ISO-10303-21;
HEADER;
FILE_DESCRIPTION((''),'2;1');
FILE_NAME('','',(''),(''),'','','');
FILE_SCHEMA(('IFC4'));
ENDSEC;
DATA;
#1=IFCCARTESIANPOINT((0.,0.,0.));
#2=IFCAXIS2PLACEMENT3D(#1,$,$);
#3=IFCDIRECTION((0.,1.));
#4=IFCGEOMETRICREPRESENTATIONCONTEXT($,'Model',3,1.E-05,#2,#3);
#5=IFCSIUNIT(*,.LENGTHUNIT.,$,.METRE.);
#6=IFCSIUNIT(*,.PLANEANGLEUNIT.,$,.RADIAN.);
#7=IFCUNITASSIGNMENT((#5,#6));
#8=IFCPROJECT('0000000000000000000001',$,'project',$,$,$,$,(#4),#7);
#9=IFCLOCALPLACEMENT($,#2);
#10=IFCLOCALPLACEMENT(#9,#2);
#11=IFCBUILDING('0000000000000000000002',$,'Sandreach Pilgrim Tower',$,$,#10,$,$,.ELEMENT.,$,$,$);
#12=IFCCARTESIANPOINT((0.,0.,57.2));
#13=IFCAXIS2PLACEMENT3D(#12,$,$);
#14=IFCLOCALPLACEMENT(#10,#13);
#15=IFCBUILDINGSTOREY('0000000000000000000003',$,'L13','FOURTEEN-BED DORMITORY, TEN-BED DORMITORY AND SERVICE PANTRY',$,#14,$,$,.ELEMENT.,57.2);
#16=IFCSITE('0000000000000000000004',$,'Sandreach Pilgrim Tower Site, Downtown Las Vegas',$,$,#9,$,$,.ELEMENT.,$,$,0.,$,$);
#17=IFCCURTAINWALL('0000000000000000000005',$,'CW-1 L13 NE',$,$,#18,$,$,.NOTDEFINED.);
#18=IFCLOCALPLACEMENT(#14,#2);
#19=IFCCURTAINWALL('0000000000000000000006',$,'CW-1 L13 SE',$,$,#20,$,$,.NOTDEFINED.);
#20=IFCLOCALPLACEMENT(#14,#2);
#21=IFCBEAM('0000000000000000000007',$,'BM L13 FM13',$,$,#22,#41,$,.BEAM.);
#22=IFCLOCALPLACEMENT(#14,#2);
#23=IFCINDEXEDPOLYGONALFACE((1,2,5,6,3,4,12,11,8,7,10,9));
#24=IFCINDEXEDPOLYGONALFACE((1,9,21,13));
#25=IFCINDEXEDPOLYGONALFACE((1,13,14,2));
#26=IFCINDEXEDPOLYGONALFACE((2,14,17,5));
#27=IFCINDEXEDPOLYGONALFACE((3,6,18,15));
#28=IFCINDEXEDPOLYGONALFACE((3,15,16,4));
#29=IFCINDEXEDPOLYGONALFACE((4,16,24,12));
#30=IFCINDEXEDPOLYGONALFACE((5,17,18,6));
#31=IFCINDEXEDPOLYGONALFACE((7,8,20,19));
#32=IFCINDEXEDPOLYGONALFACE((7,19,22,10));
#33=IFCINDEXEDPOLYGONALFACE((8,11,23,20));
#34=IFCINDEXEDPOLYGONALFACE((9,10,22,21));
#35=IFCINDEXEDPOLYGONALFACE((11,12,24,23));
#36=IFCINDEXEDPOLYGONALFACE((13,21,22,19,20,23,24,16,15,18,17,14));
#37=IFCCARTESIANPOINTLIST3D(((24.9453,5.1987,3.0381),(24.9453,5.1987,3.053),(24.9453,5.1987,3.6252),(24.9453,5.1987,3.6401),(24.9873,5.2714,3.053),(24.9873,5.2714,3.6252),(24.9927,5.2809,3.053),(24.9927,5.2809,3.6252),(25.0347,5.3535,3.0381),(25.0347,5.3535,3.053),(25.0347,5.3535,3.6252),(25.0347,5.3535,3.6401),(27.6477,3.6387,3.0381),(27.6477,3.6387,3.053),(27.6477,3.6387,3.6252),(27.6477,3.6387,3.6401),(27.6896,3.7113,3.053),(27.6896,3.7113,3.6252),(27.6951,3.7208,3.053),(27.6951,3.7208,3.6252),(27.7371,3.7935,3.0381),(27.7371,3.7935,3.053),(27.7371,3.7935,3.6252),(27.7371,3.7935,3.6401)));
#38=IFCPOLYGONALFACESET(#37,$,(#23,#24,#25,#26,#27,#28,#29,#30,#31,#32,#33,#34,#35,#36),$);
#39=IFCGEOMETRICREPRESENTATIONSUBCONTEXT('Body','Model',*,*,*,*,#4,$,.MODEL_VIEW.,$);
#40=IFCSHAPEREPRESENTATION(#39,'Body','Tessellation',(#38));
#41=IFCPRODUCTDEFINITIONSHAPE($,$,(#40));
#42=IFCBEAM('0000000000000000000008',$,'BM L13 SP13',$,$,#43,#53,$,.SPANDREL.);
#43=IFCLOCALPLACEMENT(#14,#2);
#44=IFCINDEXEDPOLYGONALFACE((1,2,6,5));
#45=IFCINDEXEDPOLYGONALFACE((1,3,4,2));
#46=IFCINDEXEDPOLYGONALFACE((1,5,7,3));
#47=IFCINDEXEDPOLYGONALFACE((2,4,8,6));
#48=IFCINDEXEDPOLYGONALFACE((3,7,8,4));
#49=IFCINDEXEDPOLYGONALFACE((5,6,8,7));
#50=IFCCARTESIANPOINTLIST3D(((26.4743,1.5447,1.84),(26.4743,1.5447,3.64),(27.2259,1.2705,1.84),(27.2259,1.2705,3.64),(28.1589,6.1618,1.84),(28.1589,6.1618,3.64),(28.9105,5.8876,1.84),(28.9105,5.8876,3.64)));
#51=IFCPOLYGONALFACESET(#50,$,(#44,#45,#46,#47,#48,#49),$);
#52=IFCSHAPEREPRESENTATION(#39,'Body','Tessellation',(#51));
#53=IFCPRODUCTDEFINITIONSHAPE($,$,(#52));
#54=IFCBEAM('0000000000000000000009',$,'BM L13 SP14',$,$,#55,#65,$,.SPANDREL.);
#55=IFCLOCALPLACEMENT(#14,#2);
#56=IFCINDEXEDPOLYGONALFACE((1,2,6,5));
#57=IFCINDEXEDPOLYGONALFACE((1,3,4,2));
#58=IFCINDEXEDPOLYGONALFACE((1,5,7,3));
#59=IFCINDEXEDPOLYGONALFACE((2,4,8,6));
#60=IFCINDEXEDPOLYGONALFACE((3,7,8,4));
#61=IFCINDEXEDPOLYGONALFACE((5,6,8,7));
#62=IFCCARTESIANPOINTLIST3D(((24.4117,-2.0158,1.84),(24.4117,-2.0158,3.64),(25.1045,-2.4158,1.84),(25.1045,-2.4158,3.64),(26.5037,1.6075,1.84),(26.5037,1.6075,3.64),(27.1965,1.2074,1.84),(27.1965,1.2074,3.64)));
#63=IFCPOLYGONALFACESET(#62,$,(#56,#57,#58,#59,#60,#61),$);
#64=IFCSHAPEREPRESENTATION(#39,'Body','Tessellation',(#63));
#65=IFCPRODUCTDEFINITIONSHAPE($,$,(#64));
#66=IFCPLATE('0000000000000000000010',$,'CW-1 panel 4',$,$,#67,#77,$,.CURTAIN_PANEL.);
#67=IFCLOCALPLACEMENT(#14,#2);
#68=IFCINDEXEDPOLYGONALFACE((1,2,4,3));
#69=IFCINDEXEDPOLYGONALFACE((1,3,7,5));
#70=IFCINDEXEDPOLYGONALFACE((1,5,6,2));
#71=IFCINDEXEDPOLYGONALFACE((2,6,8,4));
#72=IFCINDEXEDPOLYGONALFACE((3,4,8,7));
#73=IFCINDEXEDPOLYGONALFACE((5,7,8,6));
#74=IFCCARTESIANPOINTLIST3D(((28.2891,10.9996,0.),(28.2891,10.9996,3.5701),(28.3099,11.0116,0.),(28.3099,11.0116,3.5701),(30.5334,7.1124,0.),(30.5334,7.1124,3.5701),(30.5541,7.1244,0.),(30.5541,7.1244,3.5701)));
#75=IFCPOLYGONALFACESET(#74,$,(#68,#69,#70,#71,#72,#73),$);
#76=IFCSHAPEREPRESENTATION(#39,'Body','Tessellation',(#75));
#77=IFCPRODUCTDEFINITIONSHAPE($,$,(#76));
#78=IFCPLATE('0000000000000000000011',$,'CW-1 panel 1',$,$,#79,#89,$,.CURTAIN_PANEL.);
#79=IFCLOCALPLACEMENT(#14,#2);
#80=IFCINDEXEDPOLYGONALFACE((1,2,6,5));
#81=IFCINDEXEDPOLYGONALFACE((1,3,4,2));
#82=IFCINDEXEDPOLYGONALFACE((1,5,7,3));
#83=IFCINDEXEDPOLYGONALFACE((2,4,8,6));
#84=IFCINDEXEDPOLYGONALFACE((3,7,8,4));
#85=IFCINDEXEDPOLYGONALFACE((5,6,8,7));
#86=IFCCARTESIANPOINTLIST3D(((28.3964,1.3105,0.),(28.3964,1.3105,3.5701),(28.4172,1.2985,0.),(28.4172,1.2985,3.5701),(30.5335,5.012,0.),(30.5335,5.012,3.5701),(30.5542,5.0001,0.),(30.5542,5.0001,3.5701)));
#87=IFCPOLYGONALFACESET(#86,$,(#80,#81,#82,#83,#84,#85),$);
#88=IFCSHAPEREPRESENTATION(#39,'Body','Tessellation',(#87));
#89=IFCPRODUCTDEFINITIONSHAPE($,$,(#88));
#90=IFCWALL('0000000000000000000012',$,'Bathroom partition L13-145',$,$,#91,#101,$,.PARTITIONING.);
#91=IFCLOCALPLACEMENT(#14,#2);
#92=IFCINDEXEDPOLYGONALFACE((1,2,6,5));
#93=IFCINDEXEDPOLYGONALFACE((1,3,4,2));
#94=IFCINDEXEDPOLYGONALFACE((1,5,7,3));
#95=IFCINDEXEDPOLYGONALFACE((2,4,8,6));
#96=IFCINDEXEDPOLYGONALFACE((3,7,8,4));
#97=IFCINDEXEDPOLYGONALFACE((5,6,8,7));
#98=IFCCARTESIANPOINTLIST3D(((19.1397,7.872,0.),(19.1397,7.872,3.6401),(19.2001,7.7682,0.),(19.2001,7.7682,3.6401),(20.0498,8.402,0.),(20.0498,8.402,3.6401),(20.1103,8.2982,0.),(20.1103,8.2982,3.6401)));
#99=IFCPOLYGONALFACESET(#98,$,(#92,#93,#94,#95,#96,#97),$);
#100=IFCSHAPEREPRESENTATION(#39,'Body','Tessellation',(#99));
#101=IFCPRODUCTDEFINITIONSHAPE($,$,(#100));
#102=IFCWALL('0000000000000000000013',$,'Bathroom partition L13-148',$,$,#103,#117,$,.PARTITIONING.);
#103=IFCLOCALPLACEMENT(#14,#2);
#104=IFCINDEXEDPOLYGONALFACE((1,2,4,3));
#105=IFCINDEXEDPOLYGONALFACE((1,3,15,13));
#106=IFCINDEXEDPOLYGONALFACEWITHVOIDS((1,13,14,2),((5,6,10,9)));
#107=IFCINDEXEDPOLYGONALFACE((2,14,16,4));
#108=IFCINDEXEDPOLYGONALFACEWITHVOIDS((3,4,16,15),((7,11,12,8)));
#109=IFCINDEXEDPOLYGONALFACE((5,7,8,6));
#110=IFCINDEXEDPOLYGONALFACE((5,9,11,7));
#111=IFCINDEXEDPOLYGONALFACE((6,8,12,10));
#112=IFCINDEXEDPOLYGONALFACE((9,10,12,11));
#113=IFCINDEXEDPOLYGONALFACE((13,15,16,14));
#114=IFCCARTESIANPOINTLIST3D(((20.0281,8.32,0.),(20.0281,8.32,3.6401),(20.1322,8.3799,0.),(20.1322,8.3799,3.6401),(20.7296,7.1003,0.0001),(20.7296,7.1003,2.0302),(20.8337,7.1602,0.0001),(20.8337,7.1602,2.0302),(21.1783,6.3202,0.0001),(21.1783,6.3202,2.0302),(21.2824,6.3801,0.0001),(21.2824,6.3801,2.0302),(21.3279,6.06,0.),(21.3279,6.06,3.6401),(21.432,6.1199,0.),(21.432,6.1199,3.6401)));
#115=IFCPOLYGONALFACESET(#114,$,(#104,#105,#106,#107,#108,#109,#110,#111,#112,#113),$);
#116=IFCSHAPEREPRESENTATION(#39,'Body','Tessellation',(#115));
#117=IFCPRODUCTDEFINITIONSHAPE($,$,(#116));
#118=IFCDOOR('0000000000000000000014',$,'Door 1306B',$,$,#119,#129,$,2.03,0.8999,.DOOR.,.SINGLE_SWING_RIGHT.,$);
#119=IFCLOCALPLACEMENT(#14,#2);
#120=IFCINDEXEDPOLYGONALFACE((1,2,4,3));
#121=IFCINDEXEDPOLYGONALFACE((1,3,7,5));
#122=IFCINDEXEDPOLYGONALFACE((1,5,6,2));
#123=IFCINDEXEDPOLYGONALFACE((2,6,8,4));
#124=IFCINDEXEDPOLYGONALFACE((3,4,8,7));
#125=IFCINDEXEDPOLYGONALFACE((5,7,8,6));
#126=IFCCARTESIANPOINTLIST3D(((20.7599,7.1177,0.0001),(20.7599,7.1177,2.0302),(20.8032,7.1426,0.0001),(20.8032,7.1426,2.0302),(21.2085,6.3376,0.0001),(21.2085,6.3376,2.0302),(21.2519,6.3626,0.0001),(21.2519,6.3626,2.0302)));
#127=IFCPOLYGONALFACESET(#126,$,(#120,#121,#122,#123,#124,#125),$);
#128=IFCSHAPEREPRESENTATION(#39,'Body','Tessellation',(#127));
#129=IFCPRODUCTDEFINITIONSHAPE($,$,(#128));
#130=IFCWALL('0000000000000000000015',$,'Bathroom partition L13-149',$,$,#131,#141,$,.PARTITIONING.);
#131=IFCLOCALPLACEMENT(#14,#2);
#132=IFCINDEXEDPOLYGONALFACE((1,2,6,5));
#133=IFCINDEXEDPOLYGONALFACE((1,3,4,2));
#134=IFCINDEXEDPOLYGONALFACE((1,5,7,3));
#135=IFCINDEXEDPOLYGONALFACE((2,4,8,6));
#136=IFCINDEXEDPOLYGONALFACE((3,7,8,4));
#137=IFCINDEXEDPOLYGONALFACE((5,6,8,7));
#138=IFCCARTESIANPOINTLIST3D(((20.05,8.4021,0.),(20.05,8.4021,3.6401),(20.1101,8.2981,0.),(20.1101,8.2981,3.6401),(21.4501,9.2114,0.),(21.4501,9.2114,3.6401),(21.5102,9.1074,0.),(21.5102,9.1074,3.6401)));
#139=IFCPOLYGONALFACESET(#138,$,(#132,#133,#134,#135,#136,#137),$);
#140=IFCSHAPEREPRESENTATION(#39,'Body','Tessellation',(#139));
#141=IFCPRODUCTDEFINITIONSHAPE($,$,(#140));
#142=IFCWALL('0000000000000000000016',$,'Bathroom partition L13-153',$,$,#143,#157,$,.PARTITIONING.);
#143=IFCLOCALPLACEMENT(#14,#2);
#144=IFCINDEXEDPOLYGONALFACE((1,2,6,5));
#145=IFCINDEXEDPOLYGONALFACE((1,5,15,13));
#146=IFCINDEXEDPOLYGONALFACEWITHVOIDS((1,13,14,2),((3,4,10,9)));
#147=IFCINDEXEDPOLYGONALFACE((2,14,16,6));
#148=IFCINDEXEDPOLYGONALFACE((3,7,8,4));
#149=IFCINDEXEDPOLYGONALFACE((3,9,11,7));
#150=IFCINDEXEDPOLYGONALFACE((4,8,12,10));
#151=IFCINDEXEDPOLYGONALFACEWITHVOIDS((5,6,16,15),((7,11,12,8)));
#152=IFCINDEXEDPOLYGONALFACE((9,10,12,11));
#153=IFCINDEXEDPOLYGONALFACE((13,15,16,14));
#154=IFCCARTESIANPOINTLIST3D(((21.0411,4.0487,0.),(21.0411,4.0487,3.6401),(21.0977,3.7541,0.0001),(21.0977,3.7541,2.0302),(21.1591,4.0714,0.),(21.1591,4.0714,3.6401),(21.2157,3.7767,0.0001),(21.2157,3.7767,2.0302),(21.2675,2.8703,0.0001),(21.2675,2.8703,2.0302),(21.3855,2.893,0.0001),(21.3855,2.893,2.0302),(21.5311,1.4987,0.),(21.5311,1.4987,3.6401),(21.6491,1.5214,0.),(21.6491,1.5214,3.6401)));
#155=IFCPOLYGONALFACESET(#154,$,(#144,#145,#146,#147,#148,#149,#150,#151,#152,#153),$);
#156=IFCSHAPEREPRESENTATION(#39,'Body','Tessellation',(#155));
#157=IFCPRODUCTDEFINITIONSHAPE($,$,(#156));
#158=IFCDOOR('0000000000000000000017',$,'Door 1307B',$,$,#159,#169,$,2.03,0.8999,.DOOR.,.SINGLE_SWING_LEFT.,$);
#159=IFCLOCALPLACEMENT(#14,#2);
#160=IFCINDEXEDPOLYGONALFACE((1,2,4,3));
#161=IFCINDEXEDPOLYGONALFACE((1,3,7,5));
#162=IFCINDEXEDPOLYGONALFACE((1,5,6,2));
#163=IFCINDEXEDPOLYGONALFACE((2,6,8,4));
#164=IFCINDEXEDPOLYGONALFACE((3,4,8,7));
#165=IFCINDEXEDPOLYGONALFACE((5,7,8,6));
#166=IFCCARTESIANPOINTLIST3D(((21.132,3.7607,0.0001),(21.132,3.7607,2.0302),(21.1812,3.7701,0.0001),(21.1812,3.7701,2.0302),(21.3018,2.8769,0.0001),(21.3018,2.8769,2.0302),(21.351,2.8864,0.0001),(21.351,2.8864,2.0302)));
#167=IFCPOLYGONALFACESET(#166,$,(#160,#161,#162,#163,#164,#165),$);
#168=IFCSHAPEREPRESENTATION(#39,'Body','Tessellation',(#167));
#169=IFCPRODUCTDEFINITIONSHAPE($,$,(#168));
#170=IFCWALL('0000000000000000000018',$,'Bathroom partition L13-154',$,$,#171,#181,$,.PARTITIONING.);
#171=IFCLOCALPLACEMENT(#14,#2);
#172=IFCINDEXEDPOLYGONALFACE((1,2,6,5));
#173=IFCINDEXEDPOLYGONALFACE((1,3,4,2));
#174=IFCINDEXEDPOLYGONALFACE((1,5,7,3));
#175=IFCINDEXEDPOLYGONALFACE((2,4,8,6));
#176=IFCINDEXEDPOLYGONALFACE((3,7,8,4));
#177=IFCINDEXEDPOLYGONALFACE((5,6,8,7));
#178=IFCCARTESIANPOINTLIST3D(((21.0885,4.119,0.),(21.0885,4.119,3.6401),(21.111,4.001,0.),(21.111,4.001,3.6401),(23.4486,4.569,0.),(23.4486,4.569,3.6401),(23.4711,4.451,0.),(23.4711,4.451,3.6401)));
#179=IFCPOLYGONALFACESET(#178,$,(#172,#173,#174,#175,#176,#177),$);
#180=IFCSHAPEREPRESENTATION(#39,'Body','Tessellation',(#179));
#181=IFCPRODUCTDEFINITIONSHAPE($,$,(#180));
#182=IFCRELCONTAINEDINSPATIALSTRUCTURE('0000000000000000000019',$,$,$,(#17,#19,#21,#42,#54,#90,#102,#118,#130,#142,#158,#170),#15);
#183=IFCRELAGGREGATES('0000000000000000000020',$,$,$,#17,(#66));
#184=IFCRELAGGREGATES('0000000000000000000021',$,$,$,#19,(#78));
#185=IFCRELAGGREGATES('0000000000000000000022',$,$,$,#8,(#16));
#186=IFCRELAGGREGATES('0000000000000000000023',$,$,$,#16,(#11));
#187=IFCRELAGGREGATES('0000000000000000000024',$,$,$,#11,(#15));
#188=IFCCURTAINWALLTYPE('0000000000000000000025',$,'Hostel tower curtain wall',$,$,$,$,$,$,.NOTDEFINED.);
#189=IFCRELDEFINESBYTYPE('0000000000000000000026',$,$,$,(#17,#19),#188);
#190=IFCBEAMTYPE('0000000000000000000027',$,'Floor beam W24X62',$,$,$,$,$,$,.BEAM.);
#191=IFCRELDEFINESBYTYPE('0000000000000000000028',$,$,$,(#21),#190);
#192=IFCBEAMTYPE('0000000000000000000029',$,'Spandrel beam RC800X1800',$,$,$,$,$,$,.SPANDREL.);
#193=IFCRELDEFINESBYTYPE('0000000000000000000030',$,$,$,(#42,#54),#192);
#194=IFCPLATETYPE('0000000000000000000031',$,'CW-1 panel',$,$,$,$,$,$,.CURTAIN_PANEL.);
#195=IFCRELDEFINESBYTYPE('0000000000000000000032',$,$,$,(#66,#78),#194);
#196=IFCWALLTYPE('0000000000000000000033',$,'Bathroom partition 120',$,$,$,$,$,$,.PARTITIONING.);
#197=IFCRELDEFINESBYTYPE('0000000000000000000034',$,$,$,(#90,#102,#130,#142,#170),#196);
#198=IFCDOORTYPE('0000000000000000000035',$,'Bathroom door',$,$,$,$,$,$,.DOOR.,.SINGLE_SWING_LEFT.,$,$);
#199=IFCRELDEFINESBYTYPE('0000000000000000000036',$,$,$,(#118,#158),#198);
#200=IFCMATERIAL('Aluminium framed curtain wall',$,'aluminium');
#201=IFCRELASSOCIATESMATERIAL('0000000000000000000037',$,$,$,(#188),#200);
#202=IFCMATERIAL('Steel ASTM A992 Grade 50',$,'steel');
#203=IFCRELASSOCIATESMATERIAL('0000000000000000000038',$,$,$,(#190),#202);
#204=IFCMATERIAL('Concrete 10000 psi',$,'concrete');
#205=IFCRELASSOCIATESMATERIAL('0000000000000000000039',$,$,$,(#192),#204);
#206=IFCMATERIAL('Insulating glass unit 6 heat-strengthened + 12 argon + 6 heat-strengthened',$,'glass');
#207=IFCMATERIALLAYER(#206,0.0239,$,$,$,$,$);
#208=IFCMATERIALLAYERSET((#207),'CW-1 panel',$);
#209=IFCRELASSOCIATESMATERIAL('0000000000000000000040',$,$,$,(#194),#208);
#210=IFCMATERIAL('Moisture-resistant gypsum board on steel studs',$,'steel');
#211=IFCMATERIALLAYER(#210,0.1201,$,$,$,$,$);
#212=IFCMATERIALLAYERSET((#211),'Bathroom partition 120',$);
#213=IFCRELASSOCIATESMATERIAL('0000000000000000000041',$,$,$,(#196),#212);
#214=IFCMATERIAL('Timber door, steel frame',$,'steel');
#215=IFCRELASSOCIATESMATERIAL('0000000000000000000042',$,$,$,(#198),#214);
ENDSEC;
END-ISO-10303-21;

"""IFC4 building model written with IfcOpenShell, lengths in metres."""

from ifc_helpers import new_model, si_unit, direction, frame, frame_2d, origin, origin_2d, place, context, subcontext, project, spatial, rectangle, i_section, extrude, material, layer, layer_set, material_profile, profile_set, type_object, element, fill, aggregate, save


model = new_model("IFC4")

# Units and contexts
model_context = context("Model", 3, precision=1e-05, world=origin(), true_north=direction((0.0, 1.0)))
body_context = subcontext(model_context, "Body", "Model", "MODEL_VIEW")
ifc_project = project(units=[si_unit("LENGTHUNIT", "METRE"), si_unit("PLANEANGLEUNIT", "RADIAN")], contexts=[model_context])

# Site, building, storey
site_placement = place(None, origin())
site = spatial("IfcSite", under=ifc_project, at=site_placement, Name="Sandreach Pilgrim Tower Site, Downtown Las Vegas", CompositionType="ELEMENT", RefElevation=0.0)
building_placement = place(site_placement, origin())
building = spatial("IfcBuilding", under=site, at=building_placement, Name="Sandreach Pilgrim Tower", CompositionType="ELEMENT")
storey_placement = place(building_placement, frame((0.0, 0.0, 57.2)))
storey = spatial("IfcBuildingStorey", under=building, at=storey_placement, Name="L13", Description="FOURTEEN-BED DORMITORY, TEN-BED DORMITORY AND SERVICE PANTRY", CompositionType="ELEMENT", Elevation=57.2)

# Curtain wall
ifc_material_1 = material(Name="Aluminium framed curtain wall", Category="aluminium")
curtain_wall_type = type_object("IfcCurtainWallType", Name="Hostel tower curtain wall", PredefinedType="NOTDEFINED", material=ifc_material_1)
curtain_wall_1_placement = place(storey_placement, origin())
curtain_wall_1 = element("IfcCurtainWall", 1, at=curtain_wall_1_placement, inside=storey, type_object=curtain_wall_type, Name="CW-1 L13 NE", PredefinedType="NOTDEFINED")

# Curtain wall
curtain_wall_2_placement = place(storey_placement, origin())
curtain_wall_2 = element("IfcCurtainWall", 2, at=curtain_wall_2_placement, inside=storey, type_object=curtain_wall_type, Name="CW-1 L13 SE", PredefinedType="NOTDEFINED")

# Beams
ifc_material_2 = material(Name="Steel ASTM A992 Grade 50", Category="steel")
ifc_material_profile_1 = material_profile(ifc_material_2, i_section(OverallWidth=0.1787, OverallDepth=0.6021, WebThickness=0.011, FlangeThickness=0.0149, at=origin_2d()), Name="W24X62")
ifc_profile_set_1 = profile_set([ifc_material_profile_1], Name="Steel ASTM A992 Grade 50")
beam_type_1 = type_object("IfcBeamType", Name="Floor beam W24X62", PredefinedType="BEAM", material=ifc_profile_set_1)
beam_1_placement = place(storey_placement, frame((27.6924, 3.7161, 3.3391), z_axis=(-0.866049, 0.49996, 0.0), x_axis=(-0.49996, -0.866049, 0.0)))
element("IfcBeam", 3, at=beam_1_placement, inside=storey, type_object=beam_type_1, Name="BM L13 FM13", PredefinedType="BEAM", context=body_context, shape_type="SweptSolid", body=[
    extrude(i_section(OverallWidth=0.1787, OverallDepth=0.6021, WebThickness=0.011, FlangeThickness=0.0149, at=origin_2d()), origin(), (0.0, 0.0, 1.0), 3.1204),
])
ifc_material_3 = material(Name="Concrete 10000 psi", Category="concrete")
ifc_material_profile_2 = material_profile(ifc_material_3, rectangle(XDim=0.8, YDim=1.8, at=origin_2d()), Name="RC800X1800")
ifc_profile_set_2 = profile_set([ifc_material_profile_2], Name="Concrete 10000 psi")
beam_type_2 = type_object("IfcBeamType", Name="Spandrel beam RC800X1800", PredefinedType="SPANDREL", material=ifc_profile_set_2)
beam_2_placement = place(storey_placement, frame((28.5347, 6.0247, 2.74), z_axis=(-0.342748, -0.939427, 0.0), x_axis=(0.939427, -0.342748, 0.0)))
element("IfcBeam", 4, at=beam_2_placement, inside=storey, type_object=beam_type_2, Name="BM L13 SP13", PredefinedType="SPANDREL", context=body_context, shape_type="SweptSolid", body=[
    extrude(rectangle(XDim=0.8, YDim=1.8, at=origin_2d()), origin(), (0.0, 0.0, 1.0), 4.9148),
])
beam_3_placement = place(storey_placement, frame((26.8501, 1.4075, 2.74), z_axis=(-0.500024, -0.866012, 0.0), x_axis=(0.866012, -0.500024, 0.0)))
element("IfcBeam", 5, at=beam_3_placement, inside=storey, type_object=beam_type_2, Name="BM L13 SP14", PredefinedType="SPANDREL", context=body_context, shape_type="SweptSolid", body=[
    extrude(rectangle(XDim=0.8, YDim=1.8, at=origin_2d()), origin(), (0.0, 0.0, 1.0), 4.1838),
])

# Plates
ifc_material_4 = material(Name="Insulating glass unit 6 heat-strengthened + 12 argon + 6 heat-strengthened", Category="glass")
ifc_layer_1 = layer(ifc_material_4, 0.0239)
ifc_layer_set_1 = layer_set([ifc_layer_1], Name="CW-1 panel")
plate_type = type_object("IfcPlateType", Name="CW-1 panel", PredefinedType="CURTAIN_PANEL", material=ifc_layer_set_1)
plate_1_placement = place(storey_placement, frame((29.4216, 9.062, 0.0), z_axis=(0.0, 0.0, 1.0), x_axis=(0.5, -0.866025, 0.0)))
plate_1 = element("IfcPlate", 6, at=plate_1_placement, type_object=plate_type, Name="CW-1 panel 4", PredefinedType="CURTAIN_PANEL", context=body_context, shape_type="SweptSolid", body=[
    extrude(rectangle(XDim=4.4885, YDim=0.0239, at=origin_2d()), origin(), (0.0, 0.0, 1.0), 3.5701),
])
aggregate(curtain_wall_1, [plate_1])
plate_2_placement = place(storey_placement, frame((29.4753, 3.1553, 0.0), z_axis=(0.0, 0.0, 1.0), x_axis=(-0.5, -0.866025, 0.0)))
plate_2 = element("IfcPlate", 7, at=plate_2_placement, type_object=plate_type, Name="CW-1 panel 1", PredefinedType="CURTAIN_PANEL", context=body_context, shape_type="SweptSolid", body=[
    extrude(rectangle(XDim=4.2742, YDim=0.0239, at=origin_2d()), origin(), (0.0, 0.0, 1.0), 3.5701),
])
aggregate(curtain_wall_2, [plate_2])

# Wall
ifc_material_5 = material(Name="Moisture-resistant gypsum board on steel studs", Category="steel")
ifc_layer_2 = layer(ifc_material_5, 0.1201)
ifc_layer_set_2 = layer_set([ifc_layer_2], Name="Bathroom partition 120")
wall_type_1 = type_object("IfcWallType", Name="Bathroom partition 120", PredefinedType="PARTITIONING", material=ifc_layer_set_2)
wall_1_placement = place(storey_placement, frame((19.1699, 7.8201, 0.0), z_axis=(0.0, 0.0, 1.0), x_axis=(0.864149, 0.503237, 0.0)))
element("IfcWall", 8, at=wall_1_placement, inside=storey, type_object=wall_type_1, Name="Bathroom partition L13-145", PredefinedType="PARTITIONING", context=body_context, shape_type="SweptSolid", body=[
    extrude(rectangle(XDim=1.0532, YDim=0.1201, at=frame_2d((0.5266, 0.0))), origin(), (0.0, 0.0, 1.0), 3.6401),
])

# Wall, opening, door
wall_2_placement = place(storey_placement, frame((20.0801, 8.3501, 0.0), z_axis=(0.0, 0.0, 1.0), x_axis=(0.498557, -0.866857, 0.0)))
wall_2 = element("IfcWall", 9, at=wall_2_placement, inside=storey, type_object=wall_type_1, Name="Bathroom partition L13-148", PredefinedType="PARTITIONING", context=body_context, shape_type="SweptSolid", body=[
    extrude(rectangle(XDim=2.6072, YDim=0.1201, at=frame_2d((1.3037, 0.0))), origin(), (0.0, 0.0, 1.0), 3.6401),
])
opening_1_placement = place(wall_2_placement, frame((1.4072, 0.0, 0.0)))
opening_1 = element("IfcOpeningElement", 10, at=opening_1_placement, cuts=wall_2, PredefinedType="OPENING", context=body_context, shape_type="SweptSolid", body=[
    extrude(rectangle(XDim=0.8999, YDim=2.03, at=frame_2d((0.45, 1.0151))), frame((0.0, 0.0601, 0.0), z_axis=(0.0, -1.0, 0.0), x_axis=(1.0, 0.0, 0.0)), (0.0, 0.0, 1.0), 0.1201),
])
ifc_material_6 = material(Name="Timber door, steel frame", Category="steel")
door_type_1 = type_object("IfcDoorType", Name="Bathroom door", OperationType="SINGLE_SWING_LEFT", PredefinedType="DOOR", material=ifc_material_6)
door_1_placement = place(opening_1_placement, origin())
door_1 = element("IfcDoor", 11, at=door_1_placement, inside=storey, type_object=door_type_1, Name="Door 1306B", OperationType="SINGLE_SWING_RIGHT", OverallHeight=2.03, OverallWidth=0.8999, PredefinedType="DOOR", context=body_context, shape_type="SweptSolid", body=[
    extrude(rectangle(XDim=0.8999, YDim=2.03, at=frame_2d((0.45, 1.0151))), frame((0.0, 0.0249, 0.0), z_axis=(0.0, -1.0, 0.0), x_axis=(1.0, 0.0, 0.0)), (0.0, 0.0, 1.0), 0.05),
])
fill(opening_1, door_1)

# Wall
wall_3_placement = place(storey_placement, frame((20.0801, 8.3501, 0.0), z_axis=(0.0, 0.0, 1.0), x_axis=(0.865771, 0.500441, 0.0)))
element("IfcWall", 12, at=wall_3_placement, inside=storey, type_object=wall_type_1, Name="Bathroom partition L13-149", PredefinedType="PARTITIONING", context=body_context, shape_type="SweptSolid", body=[
    extrude(rectangle(XDim=1.6172, YDim=0.1201, at=frame_2d((0.8086, 0.0))), origin(), (0.0, 0.0, 1.0), 3.6401),
])

# Wall, opening, door
wall_4_placement = place(storey_placement, frame((21.1001, 4.0601, 0.0), z_axis=(0.0, 0.0, 1.0), x_axis=(0.188697, -0.982035, 0.0)))
wall_4 = element("IfcWall", 13, at=wall_4_placement, inside=storey, type_object=wall_type_1, Name="Bathroom partition L13-153", PredefinedType="PARTITIONING", context=body_context, shape_type="SweptSolid", body=[
    extrude(rectangle(XDim=2.5967, YDim=0.1201, at=frame_2d((1.2983, 0.0))), origin(), (0.0, 0.0, 1.0), 3.6401),
])
opening_2_placement = place(wall_4_placement, frame((0.3, 0.0, 0.0)))
opening_2 = element("IfcOpeningElement", 14, at=opening_2_placement, cuts=wall_4, PredefinedType="OPENING", context=body_context, shape_type="SweptSolid", body=[
    extrude(rectangle(XDim=0.8999, YDim=2.03, at=frame_2d((0.45, 1.0151))), frame((0.0, 0.0601, 0.0), z_axis=(0.0, -1.0, 0.0), x_axis=(1.0, 0.0, 0.0)), (0.0, 0.0, 1.0), 0.1201),
])
door_2_placement = place(opening_2_placement, origin())
door_2 = element("IfcDoor", 15, at=door_2_placement, inside=storey, type_object=door_type_1, Name="Door 1307B", OperationType="SINGLE_SWING_LEFT", OverallHeight=2.03, OverallWidth=0.8999, PredefinedType="DOOR", context=body_context, shape_type="SweptSolid", body=[
    extrude(rectangle(XDim=0.8999, YDim=2.03, at=frame_2d((0.45, 1.0151))), frame((0.0, 0.0249, 0.0), z_axis=(0.0, -1.0, 0.0), x_axis=(1.0, 0.0, 0.0)), (0.0, 0.0, 1.0), 0.05),
])
fill(opening_2, door_2)

# Wall
wall_5_placement = place(storey_placement, frame((21.0999, 4.0601, 0.0), z_axis=(0.0, 0.0, 1.0), x_axis=(0.982307, 0.187276, 0.0)))
element("IfcWall", 16, at=wall_5_placement, inside=storey, type_object=wall_type_1, Name="Bathroom partition L13-154", PredefinedType="PARTITIONING", context=body_context, shape_type="SweptSolid", body=[
    extrude(rectangle(XDim=2.4026, YDim=0.1201, at=frame_2d((1.2012, 0.0))), origin(), (0.0, 0.0, 1.0), 3.6401),
])

save(model, "model.ifc")
